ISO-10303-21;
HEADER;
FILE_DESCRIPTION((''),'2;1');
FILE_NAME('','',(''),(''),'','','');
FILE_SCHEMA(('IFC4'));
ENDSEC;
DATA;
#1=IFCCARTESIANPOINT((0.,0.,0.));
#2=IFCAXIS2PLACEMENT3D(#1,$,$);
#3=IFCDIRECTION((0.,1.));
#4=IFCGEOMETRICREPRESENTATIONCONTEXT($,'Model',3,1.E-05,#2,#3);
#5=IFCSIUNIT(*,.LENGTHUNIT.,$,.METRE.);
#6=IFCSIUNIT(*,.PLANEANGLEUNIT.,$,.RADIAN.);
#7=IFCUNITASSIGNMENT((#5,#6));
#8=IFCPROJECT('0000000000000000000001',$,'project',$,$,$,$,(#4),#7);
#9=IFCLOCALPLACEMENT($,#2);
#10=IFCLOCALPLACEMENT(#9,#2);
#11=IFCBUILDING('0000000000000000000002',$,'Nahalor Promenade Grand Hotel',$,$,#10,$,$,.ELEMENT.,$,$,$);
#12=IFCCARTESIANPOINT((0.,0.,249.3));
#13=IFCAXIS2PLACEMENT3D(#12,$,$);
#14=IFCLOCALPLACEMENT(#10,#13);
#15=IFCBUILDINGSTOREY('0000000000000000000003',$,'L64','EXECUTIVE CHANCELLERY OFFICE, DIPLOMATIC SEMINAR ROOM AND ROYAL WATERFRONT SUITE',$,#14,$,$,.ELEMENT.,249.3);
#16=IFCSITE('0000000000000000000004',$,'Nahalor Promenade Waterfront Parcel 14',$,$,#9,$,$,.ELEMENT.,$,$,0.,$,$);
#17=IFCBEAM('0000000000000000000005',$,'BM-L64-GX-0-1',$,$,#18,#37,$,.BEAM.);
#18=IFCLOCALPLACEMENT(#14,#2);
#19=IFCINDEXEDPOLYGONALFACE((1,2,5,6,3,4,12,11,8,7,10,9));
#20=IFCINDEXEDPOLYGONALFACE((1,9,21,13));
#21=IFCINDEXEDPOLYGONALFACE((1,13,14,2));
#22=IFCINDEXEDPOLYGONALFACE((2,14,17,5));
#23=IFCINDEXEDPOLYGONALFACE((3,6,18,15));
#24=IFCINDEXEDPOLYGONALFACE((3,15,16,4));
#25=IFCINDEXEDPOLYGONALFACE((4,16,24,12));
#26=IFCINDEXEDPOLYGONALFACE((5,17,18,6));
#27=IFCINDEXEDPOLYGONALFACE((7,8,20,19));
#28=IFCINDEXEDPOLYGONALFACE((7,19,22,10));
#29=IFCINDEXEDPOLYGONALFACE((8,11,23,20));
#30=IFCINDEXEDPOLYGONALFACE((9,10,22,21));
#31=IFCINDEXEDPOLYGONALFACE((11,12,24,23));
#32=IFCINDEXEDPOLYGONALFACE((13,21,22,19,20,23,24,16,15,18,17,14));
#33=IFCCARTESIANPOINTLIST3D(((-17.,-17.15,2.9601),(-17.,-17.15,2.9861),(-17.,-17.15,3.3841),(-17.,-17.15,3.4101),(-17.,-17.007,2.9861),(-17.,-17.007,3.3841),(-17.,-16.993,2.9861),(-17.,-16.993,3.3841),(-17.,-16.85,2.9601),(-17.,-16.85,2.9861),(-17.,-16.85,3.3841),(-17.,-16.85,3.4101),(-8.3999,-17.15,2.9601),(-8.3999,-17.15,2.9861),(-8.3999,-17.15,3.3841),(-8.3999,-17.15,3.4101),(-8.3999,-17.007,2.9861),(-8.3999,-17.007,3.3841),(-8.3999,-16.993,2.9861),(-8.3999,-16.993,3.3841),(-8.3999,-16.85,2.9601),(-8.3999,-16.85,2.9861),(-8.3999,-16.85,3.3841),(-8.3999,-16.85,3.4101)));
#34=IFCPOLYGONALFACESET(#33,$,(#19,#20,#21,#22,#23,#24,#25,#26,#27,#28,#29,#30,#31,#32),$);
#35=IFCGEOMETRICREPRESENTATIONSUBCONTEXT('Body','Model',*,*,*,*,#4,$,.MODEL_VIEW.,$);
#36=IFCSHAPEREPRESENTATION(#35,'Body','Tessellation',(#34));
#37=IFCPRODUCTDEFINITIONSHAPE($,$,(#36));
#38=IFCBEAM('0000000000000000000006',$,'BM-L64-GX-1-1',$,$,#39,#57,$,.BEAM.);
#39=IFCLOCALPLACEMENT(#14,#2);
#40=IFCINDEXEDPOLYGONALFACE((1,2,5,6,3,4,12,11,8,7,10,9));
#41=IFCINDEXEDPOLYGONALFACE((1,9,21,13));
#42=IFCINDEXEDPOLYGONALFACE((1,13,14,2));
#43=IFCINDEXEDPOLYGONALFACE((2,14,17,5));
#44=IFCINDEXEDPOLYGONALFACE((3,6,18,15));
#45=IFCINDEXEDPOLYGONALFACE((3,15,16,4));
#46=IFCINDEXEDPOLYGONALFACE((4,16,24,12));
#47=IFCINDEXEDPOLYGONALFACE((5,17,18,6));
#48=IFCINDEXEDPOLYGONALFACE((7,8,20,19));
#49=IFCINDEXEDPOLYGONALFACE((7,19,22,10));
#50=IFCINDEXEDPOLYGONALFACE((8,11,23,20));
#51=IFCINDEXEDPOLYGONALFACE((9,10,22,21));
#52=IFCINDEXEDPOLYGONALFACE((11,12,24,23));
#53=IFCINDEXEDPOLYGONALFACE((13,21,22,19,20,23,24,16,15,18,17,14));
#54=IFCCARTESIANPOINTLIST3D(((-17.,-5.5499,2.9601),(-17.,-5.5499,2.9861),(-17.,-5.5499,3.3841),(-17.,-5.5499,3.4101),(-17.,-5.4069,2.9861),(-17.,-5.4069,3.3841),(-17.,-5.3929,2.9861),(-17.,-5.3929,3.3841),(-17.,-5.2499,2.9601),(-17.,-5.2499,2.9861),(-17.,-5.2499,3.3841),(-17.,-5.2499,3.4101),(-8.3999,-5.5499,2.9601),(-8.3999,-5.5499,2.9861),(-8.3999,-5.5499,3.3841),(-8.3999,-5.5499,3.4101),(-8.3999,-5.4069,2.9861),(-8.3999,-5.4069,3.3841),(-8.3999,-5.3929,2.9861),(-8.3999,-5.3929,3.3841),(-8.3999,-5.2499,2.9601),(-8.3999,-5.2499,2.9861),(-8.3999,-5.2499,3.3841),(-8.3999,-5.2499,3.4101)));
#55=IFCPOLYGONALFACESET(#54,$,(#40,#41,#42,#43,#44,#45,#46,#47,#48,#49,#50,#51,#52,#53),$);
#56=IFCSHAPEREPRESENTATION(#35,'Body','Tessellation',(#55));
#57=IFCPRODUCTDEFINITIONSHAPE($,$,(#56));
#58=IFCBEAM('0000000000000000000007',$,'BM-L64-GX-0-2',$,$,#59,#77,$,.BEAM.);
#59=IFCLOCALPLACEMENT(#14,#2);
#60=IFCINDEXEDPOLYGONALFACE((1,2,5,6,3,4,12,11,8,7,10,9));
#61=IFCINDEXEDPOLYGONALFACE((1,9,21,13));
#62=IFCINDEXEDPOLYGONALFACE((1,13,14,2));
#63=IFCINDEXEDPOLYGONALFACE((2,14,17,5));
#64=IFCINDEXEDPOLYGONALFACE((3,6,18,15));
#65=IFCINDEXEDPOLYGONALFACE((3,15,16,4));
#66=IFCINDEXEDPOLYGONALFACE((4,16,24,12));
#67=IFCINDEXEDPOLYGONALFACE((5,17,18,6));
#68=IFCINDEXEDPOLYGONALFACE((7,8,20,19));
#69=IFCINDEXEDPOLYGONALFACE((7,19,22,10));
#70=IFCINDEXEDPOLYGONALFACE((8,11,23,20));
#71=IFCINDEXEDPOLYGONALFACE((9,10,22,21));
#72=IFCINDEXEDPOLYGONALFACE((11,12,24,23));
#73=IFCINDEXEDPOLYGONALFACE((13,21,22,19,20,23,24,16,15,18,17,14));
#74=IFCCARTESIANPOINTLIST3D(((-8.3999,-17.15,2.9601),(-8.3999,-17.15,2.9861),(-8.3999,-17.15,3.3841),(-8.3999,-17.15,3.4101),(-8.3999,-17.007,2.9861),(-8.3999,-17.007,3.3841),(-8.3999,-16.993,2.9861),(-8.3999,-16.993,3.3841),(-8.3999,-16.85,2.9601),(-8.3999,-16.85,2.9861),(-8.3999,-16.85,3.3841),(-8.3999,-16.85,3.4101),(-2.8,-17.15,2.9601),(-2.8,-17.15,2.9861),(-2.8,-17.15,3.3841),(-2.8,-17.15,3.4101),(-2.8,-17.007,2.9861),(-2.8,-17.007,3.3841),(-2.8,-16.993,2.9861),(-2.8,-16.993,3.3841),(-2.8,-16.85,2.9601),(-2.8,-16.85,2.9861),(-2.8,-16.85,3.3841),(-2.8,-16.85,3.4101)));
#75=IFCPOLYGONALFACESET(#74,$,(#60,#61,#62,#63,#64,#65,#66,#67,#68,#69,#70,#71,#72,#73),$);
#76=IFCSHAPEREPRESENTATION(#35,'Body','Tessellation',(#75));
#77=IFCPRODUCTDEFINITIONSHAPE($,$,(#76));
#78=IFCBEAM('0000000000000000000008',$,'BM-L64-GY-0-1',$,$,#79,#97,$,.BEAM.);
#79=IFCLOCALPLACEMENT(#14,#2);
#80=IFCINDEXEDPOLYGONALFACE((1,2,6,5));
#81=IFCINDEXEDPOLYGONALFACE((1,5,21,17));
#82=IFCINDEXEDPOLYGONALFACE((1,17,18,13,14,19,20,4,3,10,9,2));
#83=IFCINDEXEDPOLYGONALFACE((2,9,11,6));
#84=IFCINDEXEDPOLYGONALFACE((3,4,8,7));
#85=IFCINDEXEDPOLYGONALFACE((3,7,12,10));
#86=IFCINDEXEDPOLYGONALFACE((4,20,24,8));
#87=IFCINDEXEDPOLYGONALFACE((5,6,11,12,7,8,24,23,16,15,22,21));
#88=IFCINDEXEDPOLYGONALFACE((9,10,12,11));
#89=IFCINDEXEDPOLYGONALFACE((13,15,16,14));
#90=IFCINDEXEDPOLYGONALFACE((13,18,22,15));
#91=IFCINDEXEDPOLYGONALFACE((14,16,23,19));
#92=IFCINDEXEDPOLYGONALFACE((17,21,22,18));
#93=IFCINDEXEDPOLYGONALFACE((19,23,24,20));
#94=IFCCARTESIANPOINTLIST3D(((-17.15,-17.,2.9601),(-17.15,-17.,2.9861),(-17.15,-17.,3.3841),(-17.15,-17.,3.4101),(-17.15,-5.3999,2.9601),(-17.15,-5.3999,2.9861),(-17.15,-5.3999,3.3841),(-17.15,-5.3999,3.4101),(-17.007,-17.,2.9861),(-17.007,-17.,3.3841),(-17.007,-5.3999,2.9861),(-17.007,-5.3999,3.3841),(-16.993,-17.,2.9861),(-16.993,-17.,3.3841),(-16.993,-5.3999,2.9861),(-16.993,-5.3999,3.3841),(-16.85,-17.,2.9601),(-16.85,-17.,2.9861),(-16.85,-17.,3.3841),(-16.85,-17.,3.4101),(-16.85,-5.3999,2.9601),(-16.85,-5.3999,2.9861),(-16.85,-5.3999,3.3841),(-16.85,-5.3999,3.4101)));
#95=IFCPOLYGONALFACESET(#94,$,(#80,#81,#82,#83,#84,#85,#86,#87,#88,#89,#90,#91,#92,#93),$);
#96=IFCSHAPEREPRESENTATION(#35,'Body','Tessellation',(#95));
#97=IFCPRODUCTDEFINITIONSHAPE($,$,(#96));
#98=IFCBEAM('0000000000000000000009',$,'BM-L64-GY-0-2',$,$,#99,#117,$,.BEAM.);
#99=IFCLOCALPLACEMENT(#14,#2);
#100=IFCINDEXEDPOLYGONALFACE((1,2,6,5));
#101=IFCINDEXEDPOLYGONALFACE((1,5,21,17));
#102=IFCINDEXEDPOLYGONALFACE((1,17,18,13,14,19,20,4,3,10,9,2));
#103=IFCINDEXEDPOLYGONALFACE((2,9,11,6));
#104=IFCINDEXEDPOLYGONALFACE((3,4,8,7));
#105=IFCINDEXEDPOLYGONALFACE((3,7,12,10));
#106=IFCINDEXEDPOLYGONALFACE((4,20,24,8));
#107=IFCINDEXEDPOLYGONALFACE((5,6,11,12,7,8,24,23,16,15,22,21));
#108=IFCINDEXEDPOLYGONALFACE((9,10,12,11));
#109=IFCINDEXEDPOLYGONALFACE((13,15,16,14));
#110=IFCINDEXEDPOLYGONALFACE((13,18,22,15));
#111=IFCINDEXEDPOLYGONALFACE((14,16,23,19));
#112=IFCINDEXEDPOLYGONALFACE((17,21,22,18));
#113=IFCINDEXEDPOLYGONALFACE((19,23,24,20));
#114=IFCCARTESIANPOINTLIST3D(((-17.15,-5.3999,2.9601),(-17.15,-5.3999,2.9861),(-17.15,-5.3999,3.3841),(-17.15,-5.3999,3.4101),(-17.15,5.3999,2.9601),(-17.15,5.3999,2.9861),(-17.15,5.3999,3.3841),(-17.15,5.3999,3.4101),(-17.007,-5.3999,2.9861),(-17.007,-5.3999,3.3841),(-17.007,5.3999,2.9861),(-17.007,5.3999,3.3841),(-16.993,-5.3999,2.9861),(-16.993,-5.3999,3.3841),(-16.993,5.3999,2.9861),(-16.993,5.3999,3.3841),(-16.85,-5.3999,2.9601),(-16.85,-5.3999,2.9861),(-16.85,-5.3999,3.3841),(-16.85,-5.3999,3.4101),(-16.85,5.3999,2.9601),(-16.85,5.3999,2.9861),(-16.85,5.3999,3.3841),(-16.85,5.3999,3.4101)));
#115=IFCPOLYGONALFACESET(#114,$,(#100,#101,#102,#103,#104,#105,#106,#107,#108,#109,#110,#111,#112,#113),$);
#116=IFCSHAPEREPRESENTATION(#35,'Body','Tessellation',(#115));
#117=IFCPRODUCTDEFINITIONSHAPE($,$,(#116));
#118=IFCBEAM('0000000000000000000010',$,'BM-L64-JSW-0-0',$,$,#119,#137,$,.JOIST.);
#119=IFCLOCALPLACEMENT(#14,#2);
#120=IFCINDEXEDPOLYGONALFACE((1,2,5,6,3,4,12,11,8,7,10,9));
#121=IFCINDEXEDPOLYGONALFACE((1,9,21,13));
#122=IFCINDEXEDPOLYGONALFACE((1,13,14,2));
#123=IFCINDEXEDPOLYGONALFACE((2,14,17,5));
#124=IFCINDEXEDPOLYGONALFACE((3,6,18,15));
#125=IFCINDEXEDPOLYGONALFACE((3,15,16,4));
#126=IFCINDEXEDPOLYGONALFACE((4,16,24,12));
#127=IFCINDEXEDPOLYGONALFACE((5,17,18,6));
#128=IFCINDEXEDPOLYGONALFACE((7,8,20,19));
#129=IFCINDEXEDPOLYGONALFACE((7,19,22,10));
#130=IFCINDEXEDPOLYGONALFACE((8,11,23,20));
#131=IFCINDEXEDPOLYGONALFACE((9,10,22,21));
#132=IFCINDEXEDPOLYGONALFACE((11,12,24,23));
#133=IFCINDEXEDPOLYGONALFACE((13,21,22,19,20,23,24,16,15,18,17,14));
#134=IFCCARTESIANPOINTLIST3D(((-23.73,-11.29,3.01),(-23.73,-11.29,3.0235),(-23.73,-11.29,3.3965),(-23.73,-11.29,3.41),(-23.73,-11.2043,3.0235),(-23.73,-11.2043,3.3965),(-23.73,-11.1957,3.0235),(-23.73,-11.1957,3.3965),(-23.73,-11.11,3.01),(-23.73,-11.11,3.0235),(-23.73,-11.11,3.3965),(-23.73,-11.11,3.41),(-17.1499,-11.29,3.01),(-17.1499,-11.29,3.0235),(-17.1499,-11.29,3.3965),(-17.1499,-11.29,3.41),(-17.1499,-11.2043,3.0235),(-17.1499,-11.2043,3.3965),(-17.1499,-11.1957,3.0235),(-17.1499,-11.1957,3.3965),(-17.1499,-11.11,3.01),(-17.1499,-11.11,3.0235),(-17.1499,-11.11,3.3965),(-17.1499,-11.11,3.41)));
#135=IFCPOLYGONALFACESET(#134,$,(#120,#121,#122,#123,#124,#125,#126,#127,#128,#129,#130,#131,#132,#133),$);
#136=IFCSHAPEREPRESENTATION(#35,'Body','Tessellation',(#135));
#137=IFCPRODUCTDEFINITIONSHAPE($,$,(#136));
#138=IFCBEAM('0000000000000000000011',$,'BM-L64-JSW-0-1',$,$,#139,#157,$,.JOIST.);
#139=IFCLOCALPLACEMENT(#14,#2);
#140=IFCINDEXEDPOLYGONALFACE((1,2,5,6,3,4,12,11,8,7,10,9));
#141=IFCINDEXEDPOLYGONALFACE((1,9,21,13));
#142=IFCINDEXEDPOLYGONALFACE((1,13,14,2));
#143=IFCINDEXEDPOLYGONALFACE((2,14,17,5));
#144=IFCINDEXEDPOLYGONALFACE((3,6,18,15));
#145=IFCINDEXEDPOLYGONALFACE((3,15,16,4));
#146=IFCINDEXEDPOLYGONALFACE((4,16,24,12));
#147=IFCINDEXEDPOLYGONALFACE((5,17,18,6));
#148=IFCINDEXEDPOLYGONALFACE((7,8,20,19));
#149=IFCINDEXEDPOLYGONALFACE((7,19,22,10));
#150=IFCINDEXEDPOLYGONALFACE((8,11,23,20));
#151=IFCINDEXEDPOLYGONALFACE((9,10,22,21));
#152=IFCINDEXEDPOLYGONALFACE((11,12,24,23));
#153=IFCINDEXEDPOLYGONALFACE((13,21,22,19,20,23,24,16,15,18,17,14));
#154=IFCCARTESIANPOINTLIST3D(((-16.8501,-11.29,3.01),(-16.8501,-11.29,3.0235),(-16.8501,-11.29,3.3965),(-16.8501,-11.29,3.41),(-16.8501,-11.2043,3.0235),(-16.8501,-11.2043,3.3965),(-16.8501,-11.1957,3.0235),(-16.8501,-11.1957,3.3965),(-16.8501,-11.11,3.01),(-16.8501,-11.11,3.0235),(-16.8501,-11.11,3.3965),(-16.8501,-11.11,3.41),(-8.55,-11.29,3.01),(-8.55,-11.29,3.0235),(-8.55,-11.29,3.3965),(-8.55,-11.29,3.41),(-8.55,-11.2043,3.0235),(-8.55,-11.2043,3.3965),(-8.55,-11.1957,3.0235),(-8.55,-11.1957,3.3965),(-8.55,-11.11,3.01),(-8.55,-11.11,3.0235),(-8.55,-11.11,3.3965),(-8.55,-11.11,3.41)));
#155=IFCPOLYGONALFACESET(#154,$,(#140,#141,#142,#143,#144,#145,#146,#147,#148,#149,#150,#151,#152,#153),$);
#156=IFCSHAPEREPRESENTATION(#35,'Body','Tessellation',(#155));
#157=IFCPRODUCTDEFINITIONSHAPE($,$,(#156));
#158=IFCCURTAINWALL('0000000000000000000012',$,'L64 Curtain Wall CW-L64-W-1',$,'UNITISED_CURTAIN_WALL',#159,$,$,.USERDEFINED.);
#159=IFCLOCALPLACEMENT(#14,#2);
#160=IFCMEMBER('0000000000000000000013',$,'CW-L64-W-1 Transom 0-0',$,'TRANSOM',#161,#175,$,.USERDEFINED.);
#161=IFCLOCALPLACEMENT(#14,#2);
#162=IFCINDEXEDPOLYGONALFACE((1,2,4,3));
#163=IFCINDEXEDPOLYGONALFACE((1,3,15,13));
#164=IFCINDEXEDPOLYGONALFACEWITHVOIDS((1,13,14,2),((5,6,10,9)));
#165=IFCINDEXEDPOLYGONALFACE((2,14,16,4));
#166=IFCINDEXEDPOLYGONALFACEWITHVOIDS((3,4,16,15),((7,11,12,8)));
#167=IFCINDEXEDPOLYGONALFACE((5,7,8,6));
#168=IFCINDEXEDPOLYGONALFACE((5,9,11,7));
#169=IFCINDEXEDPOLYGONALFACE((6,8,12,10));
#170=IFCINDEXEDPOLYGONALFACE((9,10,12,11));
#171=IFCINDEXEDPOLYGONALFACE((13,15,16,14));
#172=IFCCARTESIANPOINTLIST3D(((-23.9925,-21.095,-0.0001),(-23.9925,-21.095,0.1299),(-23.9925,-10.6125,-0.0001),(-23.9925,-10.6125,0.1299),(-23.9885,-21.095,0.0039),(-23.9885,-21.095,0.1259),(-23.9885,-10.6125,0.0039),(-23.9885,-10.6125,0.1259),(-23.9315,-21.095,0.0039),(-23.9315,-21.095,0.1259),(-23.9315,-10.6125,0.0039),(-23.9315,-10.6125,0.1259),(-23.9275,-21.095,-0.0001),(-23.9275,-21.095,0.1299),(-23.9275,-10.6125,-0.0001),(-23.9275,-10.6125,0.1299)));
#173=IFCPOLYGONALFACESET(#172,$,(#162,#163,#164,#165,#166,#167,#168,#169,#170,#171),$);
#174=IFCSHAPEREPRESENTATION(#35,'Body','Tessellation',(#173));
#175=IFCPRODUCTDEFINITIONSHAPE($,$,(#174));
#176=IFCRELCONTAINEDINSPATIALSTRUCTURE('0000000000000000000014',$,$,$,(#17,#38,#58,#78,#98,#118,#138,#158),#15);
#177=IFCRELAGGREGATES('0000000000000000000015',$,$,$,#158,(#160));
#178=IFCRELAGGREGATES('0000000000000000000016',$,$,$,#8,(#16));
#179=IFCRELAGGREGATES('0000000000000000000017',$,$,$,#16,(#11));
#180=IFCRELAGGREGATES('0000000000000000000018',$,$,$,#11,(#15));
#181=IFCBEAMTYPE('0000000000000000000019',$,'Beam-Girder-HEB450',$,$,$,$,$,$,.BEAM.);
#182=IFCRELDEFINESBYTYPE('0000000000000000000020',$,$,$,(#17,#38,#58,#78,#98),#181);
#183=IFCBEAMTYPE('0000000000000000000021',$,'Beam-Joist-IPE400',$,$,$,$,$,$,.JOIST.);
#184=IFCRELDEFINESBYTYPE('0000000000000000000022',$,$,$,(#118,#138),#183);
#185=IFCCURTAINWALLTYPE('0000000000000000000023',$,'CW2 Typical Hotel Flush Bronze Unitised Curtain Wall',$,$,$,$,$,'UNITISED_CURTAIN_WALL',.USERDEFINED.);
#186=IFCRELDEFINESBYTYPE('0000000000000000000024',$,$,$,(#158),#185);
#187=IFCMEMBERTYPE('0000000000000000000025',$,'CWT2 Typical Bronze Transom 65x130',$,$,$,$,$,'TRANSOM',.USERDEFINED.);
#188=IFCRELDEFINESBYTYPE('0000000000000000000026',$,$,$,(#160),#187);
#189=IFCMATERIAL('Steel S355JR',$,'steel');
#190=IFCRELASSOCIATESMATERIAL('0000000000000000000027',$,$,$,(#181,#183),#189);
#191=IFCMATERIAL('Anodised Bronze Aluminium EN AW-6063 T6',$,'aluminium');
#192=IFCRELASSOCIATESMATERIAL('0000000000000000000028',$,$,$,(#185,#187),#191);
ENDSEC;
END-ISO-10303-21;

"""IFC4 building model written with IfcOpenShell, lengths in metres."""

from ifc_helpers import new_model, si_unit, direction, frame, origin, origin_2d, place, context, subcontext, project, spatial, hollow_rectangle, i_section, extrude, source, transform, mapped, material, material_profile, profile_set, type_object, element, aggregate, save


model = new_model("IFC4")

# Units and contexts
model_context = context("Model", 3, precision=1e-05, world=origin(), true_north=direction((0.0, 1.0)))
body_context = subcontext(model_context, "Body", "Model", "MODEL_VIEW")
ifc_project = project(units=[si_unit("LENGTHUNIT", "METRE"), si_unit("PLANEANGLEUNIT", "RADIAN")], contexts=[model_context])

# Site, building, storey
site_placement = place(None, origin())
site = spatial("IfcSite", under=ifc_project, at=site_placement, Name="Nahalor Promenade Waterfront Parcel 14", CompositionType="ELEMENT", RefElevation=0.0)
building_placement = place(site_placement, origin())
building = spatial("IfcBuilding", under=site, at=building_placement, Name="Nahalor Promenade Grand Hotel", CompositionType="ELEMENT")
storey_placement = place(building_placement, frame((0.0, 0.0, 249.3)))
storey = spatial("IfcBuildingStorey", under=building, at=storey_placement, Name="L64", Description="EXECUTIVE CHANCELLERY OFFICE, DIPLOMATIC SEMINAR ROOM AND ROYAL WATERFRONT SUITE", CompositionType="ELEMENT", Elevation=249.3)

# Shared definitions
ifc_material_1 = material(Name="Steel S355JR", Category="steel")

# Beams
ifc_material_profile_1 = material_profile(ifc_material_1, i_section(OverallWidth=0.3, OverallDepth=0.45, WebThickness=0.014, FlangeThickness=0.026, at=origin_2d()), Name="HEB 450")
ifc_profile_set_1 = profile_set([ifc_material_profile_1], Name="Steel S355JR")
beam_type_1 = type_object("IfcBeamType", Name="Beam-Girder-HEB450", PredefinedType="BEAM", material=ifc_profile_set_1)
shared_shape_1 = source(origin(), body_context, "Body", "SweptSolid", [
    extrude(i_section(OverallWidth=0.3, OverallDepth=0.45, WebThickness=0.014, FlangeThickness=0.026, at=origin_2d()), origin(), (0.0, 0.0, 1.0), 8.6001),
])
for number, where, z_axis, x_axis, name in (
    (1, (-17.0, -17.0, 3.1851), (1.0, 0.0, 0.0), (0.0, 1.0, 0.0), "BM-L64-GX-0-1"),
    (2, (-17.0, -5.3999, 3.1851), (1.0, 0.0, 0.0), (0.0, 1.0, 0.0), "BM-L64-GX-1-1"),
):
    element("IfcBeam", number, at=place(storey_placement, frame(where, z_axis=z_axis, x_axis=x_axis)), inside=storey, type_object=beam_type_1, Name=name, PredefinedType="BEAM", context=body_context, shape_type="MappedRepresentation", body=[
        mapped(shared_shape_1, transform((0.0, 0.0, 0.0), scale=1.0)),
    ])
shared_shape_2 = source(origin(), body_context, "Body", "SweptSolid", [
    extrude(i_section(OverallWidth=0.3, OverallDepth=0.45, WebThickness=0.014, FlangeThickness=0.026, at=origin_2d()), origin(), (0.0, 0.0, 1.0), 5.5999),
])
beam_1_placement = place(storey_placement, frame((-8.3999, -17.0, 3.1851), z_axis=(1.0, 0.0, 0.0), x_axis=(0.0, 1.0, 0.0)))
element("IfcBeam", 3, at=beam_1_placement, inside=storey, type_object=beam_type_1, Name="BM-L64-GX-0-2", PredefinedType="BEAM", context=body_context, shape_type="MappedRepresentation", body=[
    mapped(shared_shape_2, transform((0.0, 0.0, 0.0), scale=1.0)),
])
shared_shape_3 = source(origin(), body_context, "Body", "SweptSolid", [
    extrude(i_section(OverallWidth=0.3, OverallDepth=0.45, WebThickness=0.014, FlangeThickness=0.026, at=origin_2d()), origin(), (0.0, 0.0, 1.0), 11.6001),
])
beam_2_placement = place(storey_placement, frame((-17.0, -17.0, 3.1851), z_axis=(0.0, 1.0, 0.0), x_axis=(-1.0, 0.0, 0.0)))
element("IfcBeam", 4, at=beam_2_placement, inside=storey, type_object=beam_type_1, Name="BM-L64-GY-0-1", PredefinedType="BEAM", context=body_context, shape_type="MappedRepresentation", body=[
    mapped(shared_shape_3, transform((0.0, 0.0, 0.0), scale=1.0)),
])
shared_shape_4 = source(origin(), body_context, "Body", "SweptSolid", [
    extrude(i_section(OverallWidth=0.3, OverallDepth=0.45, WebThickness=0.014, FlangeThickness=0.026, at=origin_2d()), origin(), (0.0, 0.0, 1.0), 10.7998),
])
beam_3_placement = place(storey_placement, frame((-17.0, -5.3999, 3.1851), z_axis=(0.0, 1.0, 0.0), x_axis=(-1.0, 0.0, 0.0)))
element("IfcBeam", 5, at=beam_3_placement, inside=storey, type_object=beam_type_1, Name="BM-L64-GY-0-2", PredefinedType="BEAM", context=body_context, shape_type="MappedRepresentation", body=[
    mapped(shared_shape_4, transform((0.0, 0.0, 0.0), scale=1.0)),
])
ifc_material_profile_2 = material_profile(ifc_material_1, i_section(OverallWidth=0.18, OverallDepth=0.4, WebThickness=0.0086, FlangeThickness=0.0135, at=origin_2d()), Name="IPE 400")
ifc_profile_set_2 = profile_set([ifc_material_profile_2], Name="Steel S355JR")
beam_type_2 = type_object("IfcBeamType", Name="Beam-Joist-IPE400", PredefinedType="JOIST", material=ifc_profile_set_2)
shared_shape_5 = source(origin(), body_context, "Body", "SweptSolid", [
    extrude(i_section(OverallWidth=0.18, OverallDepth=0.4, WebThickness=0.0086, FlangeThickness=0.0135, at=origin_2d()), origin(), (0.0, 0.0, 1.0), 6.5801),
])
beam_4_placement = place(storey_placement, frame((-23.73, -11.2, 3.21), z_axis=(1.0, 0.0, 0.0), x_axis=(0.0, 1.0, 0.0)))
element("IfcBeam", 6, at=beam_4_placement, inside=storey, type_object=beam_type_2, Name="BM-L64-JSW-0-0", PredefinedType="JOIST", context=body_context, shape_type="MappedRepresentation", body=[
    mapped(shared_shape_5, transform((0.0, 0.0, 0.0), scale=1.0)),
])
shared_shape_6 = source(origin(), body_context, "Body", "SweptSolid", [
    extrude(i_section(OverallWidth=0.18, OverallDepth=0.4, WebThickness=0.0086, FlangeThickness=0.0135, at=origin_2d()), origin(), (0.0, 0.0, 1.0), 8.3),
])
beam_5_placement = place(storey_placement, frame((-16.8501, -11.2, 3.21), z_axis=(1.0, 0.0, 0.0), x_axis=(0.0, 1.0, 0.0)))
element("IfcBeam", 7, at=beam_5_placement, inside=storey, type_object=beam_type_2, Name="BM-L64-JSW-0-1", PredefinedType="JOIST", context=body_context, shape_type="MappedRepresentation", body=[
    mapped(shared_shape_6, transform((0.0, 0.0, 0.0), scale=1.0)),
])

# Curtain wall, member
ifc_material_2 = material(Name="Anodised Bronze Aluminium EN AW-6063 T6", Category="aluminium")
curtain_wall_type = type_object("IfcCurtainWallType", Name="CW2 Typical Hotel Flush Bronze Unitised Curtain Wall", ElementType="UNITISED_CURTAIN_WALL", PredefinedType="USERDEFINED", material=ifc_material_2)
curtain_wall_placement = place(storey_placement, origin())
curtain_wall = element("IfcCurtainWall", 8, at=curtain_wall_placement, inside=storey, type_object=curtain_wall_type, Name="L64 Curtain Wall CW-L64-W-1", ObjectType="UNITISED_CURTAIN_WALL", PredefinedType="USERDEFINED")
ifc_material_profile_3 = material_profile(ifc_material_2, hollow_rectangle(XDim=0.065, YDim=0.13, WallThickness=0.004, at=origin_2d()), Name="CWT 65x130x4")
ifc_profile_set_3 = profile_set([ifc_material_profile_3], Name="Anodised Bronze Aluminium EN AW-6063 T6")
member_type_1 = type_object("IfcMemberType", Name="CWT2 Typical Bronze Transom 65x130", ElementType="TRANSOM", PredefinedType="USERDEFINED", material=ifc_profile_set_3)
shared_shape_7 = source(origin(), body_context, "Body", "SweptSolid", [
    extrude(hollow_rectangle(XDim=0.065, YDim=0.13, WallThickness=0.004, at=origin_2d()), origin(), (0.0, 0.0, 1.0), 10.4824),
])
member_1_placement = place(storey_placement, frame((-23.96, -21.095, 0.0649), z_axis=(0.0, 1.0, 0.0), x_axis=(-1.0, 0.0, 0.0)))
member_1 = element("IfcMember", 9, at=member_1_placement, type_object=member_type_1, Name="CW-L64-W-1 Transom 0-0", ObjectType="TRANSOM", PredefinedType="USERDEFINED", context=body_context, shape_type="MappedRepresentation", body=[
    mapped(shared_shape_7, transform((0.0, 0.0, 0.0), scale=1.0)),
])
aggregate(curtain_wall, [member_1])

save(model, "model.ifc")
